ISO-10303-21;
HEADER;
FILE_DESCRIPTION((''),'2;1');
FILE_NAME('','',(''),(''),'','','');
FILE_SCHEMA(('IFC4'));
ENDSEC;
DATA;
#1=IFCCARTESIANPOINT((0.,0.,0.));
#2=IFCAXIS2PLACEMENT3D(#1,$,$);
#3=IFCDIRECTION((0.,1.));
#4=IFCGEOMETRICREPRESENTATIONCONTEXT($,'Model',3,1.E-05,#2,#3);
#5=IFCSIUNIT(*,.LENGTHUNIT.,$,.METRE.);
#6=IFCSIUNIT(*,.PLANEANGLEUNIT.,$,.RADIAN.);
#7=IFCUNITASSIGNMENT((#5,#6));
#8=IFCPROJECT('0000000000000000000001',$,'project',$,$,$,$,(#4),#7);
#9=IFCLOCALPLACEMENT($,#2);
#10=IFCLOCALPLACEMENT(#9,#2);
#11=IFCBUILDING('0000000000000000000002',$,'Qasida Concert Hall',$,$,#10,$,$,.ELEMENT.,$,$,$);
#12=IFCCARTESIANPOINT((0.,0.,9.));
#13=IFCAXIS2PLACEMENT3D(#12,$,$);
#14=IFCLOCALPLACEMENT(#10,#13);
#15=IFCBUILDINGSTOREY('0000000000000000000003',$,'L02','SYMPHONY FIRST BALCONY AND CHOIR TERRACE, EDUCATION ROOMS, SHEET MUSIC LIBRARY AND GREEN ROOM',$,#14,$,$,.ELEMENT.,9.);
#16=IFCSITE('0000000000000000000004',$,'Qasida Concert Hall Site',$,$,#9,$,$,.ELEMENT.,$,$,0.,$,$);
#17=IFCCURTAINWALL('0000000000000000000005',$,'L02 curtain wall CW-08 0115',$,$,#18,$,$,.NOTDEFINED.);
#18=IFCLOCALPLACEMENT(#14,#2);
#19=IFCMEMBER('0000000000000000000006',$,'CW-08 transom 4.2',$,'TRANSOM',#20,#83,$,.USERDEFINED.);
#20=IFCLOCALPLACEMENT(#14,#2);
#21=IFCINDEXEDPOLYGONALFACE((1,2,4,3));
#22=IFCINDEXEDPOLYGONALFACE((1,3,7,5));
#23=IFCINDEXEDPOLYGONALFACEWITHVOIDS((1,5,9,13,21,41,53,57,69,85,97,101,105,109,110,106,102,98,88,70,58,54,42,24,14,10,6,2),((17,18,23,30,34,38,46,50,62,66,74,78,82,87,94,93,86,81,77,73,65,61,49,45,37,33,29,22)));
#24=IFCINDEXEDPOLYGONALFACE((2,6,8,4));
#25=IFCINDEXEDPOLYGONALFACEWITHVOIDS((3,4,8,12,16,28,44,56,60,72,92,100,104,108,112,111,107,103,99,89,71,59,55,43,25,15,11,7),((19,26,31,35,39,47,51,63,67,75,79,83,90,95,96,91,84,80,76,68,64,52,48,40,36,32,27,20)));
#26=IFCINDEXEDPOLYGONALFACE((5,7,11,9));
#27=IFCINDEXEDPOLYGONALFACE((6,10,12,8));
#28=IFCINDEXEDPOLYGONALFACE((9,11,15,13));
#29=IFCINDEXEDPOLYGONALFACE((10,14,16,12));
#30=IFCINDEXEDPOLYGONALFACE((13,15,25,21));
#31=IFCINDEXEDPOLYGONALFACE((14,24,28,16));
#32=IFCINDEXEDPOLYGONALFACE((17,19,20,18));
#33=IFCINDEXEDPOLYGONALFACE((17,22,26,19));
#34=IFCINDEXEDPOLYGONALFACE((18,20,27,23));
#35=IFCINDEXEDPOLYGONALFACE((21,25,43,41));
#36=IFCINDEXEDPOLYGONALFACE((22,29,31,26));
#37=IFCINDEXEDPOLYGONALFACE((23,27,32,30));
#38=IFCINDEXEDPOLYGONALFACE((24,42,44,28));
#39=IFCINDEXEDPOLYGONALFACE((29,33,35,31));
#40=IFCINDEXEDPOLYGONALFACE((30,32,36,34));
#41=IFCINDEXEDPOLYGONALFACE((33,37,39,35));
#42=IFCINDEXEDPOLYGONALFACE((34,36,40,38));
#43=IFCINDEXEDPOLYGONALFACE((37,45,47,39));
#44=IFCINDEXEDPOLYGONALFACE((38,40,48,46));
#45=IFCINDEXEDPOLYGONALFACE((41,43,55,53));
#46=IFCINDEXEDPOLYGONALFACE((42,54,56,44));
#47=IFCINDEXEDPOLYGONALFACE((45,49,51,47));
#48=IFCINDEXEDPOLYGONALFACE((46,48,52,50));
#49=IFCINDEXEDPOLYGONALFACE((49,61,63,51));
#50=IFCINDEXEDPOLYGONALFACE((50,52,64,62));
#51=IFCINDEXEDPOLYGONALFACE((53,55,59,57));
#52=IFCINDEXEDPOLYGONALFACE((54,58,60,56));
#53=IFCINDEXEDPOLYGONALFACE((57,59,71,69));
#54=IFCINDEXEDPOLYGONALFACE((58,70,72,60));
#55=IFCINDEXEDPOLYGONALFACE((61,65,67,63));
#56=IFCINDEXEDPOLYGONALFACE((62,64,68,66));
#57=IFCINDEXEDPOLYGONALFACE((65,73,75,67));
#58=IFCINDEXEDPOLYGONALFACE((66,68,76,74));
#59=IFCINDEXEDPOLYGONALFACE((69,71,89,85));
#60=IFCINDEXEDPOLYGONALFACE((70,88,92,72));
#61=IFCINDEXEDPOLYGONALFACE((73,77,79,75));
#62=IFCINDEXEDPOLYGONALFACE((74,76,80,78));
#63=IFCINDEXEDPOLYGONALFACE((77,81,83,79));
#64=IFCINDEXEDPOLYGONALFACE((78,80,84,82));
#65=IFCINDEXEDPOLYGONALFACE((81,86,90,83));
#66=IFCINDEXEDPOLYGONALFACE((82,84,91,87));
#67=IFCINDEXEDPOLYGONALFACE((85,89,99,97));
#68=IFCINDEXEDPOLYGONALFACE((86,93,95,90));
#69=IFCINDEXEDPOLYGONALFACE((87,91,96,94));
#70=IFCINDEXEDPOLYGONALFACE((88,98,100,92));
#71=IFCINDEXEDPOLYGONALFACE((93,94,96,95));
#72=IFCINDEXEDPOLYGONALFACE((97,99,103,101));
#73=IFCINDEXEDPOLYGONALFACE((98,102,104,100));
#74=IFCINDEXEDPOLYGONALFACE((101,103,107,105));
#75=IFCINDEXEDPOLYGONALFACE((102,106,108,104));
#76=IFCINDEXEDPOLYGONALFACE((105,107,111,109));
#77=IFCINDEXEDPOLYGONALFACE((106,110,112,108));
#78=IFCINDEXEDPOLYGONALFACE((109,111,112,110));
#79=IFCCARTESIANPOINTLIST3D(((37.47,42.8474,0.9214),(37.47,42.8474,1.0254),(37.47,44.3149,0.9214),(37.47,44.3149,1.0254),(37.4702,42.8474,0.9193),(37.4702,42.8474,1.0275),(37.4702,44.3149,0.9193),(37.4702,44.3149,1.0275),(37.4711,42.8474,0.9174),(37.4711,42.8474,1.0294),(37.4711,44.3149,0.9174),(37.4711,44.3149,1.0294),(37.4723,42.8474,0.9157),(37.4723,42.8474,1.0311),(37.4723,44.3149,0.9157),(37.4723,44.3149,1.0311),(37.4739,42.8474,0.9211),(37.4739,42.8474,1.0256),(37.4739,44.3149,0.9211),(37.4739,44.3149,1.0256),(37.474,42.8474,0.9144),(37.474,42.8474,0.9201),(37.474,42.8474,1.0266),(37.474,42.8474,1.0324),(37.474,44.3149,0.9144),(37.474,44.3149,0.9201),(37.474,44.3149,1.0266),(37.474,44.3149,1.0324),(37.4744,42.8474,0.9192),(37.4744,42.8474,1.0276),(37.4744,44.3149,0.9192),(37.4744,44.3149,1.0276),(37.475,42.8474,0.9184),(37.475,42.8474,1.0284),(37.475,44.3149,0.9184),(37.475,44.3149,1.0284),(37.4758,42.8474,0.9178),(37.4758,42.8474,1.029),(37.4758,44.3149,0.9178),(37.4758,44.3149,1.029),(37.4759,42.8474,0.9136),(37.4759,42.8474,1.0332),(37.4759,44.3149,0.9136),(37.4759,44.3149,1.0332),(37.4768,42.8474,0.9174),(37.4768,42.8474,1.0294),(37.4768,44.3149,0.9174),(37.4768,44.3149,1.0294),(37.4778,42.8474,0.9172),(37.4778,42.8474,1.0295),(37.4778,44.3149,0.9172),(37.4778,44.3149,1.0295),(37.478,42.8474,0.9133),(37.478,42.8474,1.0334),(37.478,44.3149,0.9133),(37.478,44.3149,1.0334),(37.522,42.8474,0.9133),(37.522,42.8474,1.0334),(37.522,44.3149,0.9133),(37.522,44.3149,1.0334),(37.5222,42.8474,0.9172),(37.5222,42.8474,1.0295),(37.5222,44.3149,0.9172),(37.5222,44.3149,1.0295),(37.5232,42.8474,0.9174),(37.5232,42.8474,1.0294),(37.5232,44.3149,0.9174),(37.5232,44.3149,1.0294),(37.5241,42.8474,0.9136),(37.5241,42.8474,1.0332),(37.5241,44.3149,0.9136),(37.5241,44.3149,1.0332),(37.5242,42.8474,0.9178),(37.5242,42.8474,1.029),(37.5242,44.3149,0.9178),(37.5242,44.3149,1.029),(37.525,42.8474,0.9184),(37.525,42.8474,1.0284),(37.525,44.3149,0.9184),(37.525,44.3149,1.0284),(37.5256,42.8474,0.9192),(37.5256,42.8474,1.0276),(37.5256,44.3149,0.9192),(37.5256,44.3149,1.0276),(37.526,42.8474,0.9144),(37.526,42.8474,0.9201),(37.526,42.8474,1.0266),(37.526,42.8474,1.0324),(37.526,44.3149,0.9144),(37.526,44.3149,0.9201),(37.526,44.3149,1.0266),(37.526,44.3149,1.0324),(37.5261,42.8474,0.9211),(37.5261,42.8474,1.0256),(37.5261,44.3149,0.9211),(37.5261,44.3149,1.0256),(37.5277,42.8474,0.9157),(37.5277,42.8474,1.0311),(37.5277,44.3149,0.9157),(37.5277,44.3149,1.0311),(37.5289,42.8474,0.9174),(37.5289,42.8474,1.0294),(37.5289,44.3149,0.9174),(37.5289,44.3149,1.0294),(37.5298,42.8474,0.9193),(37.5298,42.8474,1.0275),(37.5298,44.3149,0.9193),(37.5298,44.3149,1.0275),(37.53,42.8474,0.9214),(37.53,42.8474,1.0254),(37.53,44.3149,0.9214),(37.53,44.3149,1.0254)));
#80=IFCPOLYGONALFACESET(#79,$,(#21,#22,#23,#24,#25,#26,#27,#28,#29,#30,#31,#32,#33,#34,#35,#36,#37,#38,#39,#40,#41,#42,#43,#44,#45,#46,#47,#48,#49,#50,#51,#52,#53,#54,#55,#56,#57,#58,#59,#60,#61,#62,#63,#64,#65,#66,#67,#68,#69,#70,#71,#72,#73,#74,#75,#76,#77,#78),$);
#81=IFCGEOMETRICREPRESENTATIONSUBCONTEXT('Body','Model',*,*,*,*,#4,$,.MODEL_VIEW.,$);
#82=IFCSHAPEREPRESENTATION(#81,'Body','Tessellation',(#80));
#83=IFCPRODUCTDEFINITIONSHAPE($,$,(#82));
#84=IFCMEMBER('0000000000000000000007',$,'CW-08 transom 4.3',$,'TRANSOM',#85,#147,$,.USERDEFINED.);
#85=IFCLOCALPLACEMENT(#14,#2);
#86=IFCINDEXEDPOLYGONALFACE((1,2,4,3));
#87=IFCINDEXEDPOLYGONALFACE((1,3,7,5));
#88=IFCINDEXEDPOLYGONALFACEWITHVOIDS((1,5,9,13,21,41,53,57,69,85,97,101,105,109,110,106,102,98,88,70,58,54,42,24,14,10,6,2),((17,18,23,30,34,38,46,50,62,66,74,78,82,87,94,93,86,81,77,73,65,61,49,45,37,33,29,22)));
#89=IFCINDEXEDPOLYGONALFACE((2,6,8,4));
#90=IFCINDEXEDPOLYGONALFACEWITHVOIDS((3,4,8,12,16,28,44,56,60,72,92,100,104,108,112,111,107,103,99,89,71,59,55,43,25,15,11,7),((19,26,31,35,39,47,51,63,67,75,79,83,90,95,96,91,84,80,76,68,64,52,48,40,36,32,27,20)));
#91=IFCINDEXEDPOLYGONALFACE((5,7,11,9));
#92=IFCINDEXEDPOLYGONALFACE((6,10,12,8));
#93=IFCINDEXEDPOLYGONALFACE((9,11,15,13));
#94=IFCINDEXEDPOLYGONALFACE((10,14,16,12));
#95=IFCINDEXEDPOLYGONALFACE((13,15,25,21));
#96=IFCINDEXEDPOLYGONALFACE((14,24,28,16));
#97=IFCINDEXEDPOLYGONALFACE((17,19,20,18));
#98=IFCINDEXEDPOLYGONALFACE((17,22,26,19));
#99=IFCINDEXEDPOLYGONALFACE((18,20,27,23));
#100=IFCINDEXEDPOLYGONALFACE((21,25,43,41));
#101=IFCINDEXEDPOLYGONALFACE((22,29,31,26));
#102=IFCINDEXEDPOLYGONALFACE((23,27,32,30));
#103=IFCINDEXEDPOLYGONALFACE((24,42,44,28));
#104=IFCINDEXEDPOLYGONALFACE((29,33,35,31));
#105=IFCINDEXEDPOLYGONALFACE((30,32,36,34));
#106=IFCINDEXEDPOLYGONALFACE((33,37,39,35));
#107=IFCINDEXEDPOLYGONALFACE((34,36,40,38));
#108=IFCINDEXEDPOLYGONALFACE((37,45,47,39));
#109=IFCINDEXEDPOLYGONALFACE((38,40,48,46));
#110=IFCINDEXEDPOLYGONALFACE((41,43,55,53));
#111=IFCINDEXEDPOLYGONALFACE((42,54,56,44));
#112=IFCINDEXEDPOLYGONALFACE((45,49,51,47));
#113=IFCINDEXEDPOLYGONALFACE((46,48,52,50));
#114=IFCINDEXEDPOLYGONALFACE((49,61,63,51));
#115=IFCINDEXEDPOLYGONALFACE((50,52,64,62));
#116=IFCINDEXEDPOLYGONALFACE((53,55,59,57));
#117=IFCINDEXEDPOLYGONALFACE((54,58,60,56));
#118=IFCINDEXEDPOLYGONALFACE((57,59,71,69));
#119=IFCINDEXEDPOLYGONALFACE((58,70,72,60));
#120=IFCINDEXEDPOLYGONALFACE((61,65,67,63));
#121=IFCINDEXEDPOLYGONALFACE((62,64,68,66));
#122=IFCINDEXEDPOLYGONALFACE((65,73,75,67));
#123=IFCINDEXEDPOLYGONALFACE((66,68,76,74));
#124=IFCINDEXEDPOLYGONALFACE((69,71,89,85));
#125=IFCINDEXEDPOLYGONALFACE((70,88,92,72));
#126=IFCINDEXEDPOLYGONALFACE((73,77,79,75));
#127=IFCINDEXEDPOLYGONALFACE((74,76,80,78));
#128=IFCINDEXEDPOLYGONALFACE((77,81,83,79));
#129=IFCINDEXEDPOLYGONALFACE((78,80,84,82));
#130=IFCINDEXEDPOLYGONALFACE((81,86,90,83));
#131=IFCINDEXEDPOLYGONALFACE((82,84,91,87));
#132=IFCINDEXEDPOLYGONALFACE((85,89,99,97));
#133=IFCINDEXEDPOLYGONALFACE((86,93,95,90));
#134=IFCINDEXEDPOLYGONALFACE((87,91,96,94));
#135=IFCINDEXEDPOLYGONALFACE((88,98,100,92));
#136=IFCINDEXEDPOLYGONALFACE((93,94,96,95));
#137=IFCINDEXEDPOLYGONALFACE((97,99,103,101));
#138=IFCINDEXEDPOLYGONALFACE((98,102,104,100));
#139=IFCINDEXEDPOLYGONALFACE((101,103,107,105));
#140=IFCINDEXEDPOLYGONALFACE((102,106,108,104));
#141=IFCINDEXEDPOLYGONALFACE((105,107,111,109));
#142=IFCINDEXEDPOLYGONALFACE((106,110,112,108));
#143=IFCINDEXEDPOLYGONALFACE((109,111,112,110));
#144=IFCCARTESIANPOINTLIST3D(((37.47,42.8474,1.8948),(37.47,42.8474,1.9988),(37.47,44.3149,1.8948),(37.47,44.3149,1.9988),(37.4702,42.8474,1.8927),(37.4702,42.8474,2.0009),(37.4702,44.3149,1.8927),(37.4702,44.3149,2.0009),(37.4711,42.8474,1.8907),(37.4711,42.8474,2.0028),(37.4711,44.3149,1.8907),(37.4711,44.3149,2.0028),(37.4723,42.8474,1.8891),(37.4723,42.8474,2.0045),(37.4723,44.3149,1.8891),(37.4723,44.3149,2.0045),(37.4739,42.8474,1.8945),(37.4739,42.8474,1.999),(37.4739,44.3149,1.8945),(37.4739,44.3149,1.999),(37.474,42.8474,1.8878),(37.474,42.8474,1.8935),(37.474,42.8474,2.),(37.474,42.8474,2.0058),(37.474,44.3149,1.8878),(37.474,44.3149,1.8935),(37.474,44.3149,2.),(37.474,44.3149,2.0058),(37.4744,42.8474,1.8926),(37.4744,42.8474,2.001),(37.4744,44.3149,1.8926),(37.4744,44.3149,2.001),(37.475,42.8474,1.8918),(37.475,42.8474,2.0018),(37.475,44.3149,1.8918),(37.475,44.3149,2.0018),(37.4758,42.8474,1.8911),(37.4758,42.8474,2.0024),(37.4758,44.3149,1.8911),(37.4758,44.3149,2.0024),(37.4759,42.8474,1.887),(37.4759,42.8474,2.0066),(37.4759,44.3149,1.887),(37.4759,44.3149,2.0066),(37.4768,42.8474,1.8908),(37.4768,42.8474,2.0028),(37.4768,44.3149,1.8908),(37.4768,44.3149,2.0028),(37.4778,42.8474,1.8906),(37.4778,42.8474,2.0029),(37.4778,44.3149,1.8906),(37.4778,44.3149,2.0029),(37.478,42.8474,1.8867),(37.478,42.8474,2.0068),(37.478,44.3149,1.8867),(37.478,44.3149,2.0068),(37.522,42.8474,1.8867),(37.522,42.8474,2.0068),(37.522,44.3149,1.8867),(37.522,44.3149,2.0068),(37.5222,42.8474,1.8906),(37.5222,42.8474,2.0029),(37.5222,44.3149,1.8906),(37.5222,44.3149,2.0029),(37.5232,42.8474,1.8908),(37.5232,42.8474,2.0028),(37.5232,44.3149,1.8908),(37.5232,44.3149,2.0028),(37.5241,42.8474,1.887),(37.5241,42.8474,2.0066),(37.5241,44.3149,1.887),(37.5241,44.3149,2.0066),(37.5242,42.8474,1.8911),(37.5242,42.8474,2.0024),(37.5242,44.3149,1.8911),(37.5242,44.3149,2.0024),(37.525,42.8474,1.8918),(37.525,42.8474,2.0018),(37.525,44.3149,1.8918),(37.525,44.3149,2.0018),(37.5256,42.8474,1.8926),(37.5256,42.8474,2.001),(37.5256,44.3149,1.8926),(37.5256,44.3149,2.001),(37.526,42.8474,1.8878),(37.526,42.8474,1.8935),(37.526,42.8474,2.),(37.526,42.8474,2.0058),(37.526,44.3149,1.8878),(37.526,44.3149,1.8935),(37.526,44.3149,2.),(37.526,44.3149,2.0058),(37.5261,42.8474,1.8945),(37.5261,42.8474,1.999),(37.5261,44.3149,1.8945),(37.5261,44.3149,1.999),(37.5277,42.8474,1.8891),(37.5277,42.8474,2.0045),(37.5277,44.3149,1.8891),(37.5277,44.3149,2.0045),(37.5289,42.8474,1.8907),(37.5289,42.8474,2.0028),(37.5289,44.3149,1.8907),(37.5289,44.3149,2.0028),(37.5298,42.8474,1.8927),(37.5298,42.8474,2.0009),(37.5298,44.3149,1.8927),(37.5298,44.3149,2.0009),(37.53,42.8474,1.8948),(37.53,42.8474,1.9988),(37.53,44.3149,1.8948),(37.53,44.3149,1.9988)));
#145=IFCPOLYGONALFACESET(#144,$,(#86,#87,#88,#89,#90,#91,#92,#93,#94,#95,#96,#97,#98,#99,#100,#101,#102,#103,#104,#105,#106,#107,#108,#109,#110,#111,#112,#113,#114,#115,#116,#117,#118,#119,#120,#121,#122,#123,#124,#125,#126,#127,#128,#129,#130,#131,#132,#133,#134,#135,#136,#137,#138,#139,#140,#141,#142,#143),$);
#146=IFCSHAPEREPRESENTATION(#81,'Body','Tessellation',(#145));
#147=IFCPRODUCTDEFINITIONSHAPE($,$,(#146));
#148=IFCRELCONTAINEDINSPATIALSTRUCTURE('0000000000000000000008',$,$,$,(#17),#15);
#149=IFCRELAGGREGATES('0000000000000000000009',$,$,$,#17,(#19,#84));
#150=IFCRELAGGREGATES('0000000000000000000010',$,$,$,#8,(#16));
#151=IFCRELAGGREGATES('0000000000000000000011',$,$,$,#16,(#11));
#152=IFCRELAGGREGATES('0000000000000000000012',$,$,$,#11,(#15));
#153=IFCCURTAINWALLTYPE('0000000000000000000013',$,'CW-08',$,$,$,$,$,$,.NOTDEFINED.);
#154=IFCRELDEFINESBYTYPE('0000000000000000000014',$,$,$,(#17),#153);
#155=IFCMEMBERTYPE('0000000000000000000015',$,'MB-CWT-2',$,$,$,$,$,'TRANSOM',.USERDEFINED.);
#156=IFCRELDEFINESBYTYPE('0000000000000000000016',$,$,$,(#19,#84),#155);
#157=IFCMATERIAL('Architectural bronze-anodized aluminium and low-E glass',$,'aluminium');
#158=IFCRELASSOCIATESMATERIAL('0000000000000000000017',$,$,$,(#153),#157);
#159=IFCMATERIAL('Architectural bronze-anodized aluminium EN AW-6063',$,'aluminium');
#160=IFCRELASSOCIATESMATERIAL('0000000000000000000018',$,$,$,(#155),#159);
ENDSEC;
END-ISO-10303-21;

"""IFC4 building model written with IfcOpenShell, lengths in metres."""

from ifc_helpers import new_model, si_unit, direction, frame, origin, origin_2d, place, context, subcontext, project, spatial, hollow_rectangle, extrude, material, material_profile, profile_set, type_object, element, aggregate, save


model = new_model("IFC4")

# Units and contexts
model_context = context("Model", 3, precision=1e-05, world=origin(), true_north=direction((0.0, 1.0)))
body_context = subcontext(model_context, "Body", "Model", "MODEL_VIEW")
ifc_project = project(units=[si_unit("LENGTHUNIT", "METRE"), si_unit("PLANEANGLEUNIT", "RADIAN")], contexts=[model_context])

# Site, building, storey
site_placement = place(None, origin())
site = spatial("IfcSite", under=ifc_project, at=site_placement, Name="Qasida Concert Hall Site", CompositionType="ELEMENT", RefElevation=0.0)
building_placement = place(site_placement, origin())
building = spatial("IfcBuilding", under=site, at=building_placement, Name="Qasida Concert Hall", CompositionType="ELEMENT")
storey_placement = place(building_placement, frame((0.0, 0.0, 9.0)))
storey = spatial("IfcBuildingStorey", under=building, at=storey_placement, Name="L02", Description="SYMPHONY FIRST BALCONY AND CHOIR TERRACE, EDUCATION ROOMS, SHEET MUSIC LIBRARY AND GREEN ROOM", CompositionType="ELEMENT", Elevation=9.0)

# Curtain wall
ifc_material_1 = material(Name="Architectural bronze-anodized aluminium and low-E glass", Category="aluminium")
curtain_wall_type = type_object("IfcCurtainWallType", Name="CW-08", PredefinedType="NOTDEFINED", material=ifc_material_1)
curtain_wall_1_placement = place(storey_placement, origin())
curtain_wall_1 = element("IfcCurtainWall", 1, at=curtain_wall_1_placement, inside=storey, type_object=curtain_wall_type, Name="L02 curtain wall CW-08 0115", PredefinedType="NOTDEFINED")
ifc_material_2 = material(Name="Architectural bronze-anodized aluminium EN AW-6063", Category="aluminium")

# Shared definitions
ifc_material_profile_1 = material_profile(ifc_material_2, hollow_rectangle(XDim=0.0601, YDim=0.1201, WallThickness=0.0039, InnerFilletRadius=0.0039, OuterFilletRadius=0.0081, at=origin_2d()), Name="CWT 120x60x4")
ifc_profile_set_1 = profile_set([ifc_material_profile_1], Name="Architectural bronze-anodized aluminium EN AW-6063")
member_type_1 = type_object("IfcMemberType", Name="MB-CWT-2", ElementType="TRANSOM", PredefinedType="USERDEFINED", material=ifc_profile_set_1)

# Members
member_1_placement = place(storey_placement, frame((37.5, 42.8474, 0.9734), z_axis=(0.0, 1.0, 0.0), x_axis=(-1.0, 0.0, 0.0)))
member_1 = element("IfcMember", 2, at=member_1_placement, type_object=member_type_1, Name="CW-08 transom 4.2", ObjectType="TRANSOM", PredefinedType="USERDEFINED", context=body_context, shape_type="SweptSolid", body=[
    extrude(hollow_rectangle(XDim=0.0601, YDim=0.1201, WallThickness=0.0039, InnerFilletRadius=0.0039, OuterFilletRadius=0.0081, at=origin_2d()), origin(), (0.0, 0.0, 1.0), 1.4675),
])
member_2_placement = place(storey_placement, frame((37.5, 42.8474, 1.9468), z_axis=(0.0, 1.0, 0.0), x_axis=(-1.0, 0.0, 0.0)))
member_2 = element("IfcMember", 3, at=member_2_placement, type_object=member_type_1, Name="CW-08 transom 4.3", ObjectType="TRANSOM", PredefinedType="USERDEFINED", context=body_context, shape_type="SweptSolid", body=[
    extrude(hollow_rectangle(XDim=0.0601, YDim=0.1201, WallThickness=0.0039, InnerFilletRadius=0.0039, OuterFilletRadius=0.0081, at=origin_2d()), origin(), (0.0, 0.0, 1.0), 1.4675),
])

aggregate(curtain_wall_1, [member_1, member_2])

save(model, "model.ifc")
